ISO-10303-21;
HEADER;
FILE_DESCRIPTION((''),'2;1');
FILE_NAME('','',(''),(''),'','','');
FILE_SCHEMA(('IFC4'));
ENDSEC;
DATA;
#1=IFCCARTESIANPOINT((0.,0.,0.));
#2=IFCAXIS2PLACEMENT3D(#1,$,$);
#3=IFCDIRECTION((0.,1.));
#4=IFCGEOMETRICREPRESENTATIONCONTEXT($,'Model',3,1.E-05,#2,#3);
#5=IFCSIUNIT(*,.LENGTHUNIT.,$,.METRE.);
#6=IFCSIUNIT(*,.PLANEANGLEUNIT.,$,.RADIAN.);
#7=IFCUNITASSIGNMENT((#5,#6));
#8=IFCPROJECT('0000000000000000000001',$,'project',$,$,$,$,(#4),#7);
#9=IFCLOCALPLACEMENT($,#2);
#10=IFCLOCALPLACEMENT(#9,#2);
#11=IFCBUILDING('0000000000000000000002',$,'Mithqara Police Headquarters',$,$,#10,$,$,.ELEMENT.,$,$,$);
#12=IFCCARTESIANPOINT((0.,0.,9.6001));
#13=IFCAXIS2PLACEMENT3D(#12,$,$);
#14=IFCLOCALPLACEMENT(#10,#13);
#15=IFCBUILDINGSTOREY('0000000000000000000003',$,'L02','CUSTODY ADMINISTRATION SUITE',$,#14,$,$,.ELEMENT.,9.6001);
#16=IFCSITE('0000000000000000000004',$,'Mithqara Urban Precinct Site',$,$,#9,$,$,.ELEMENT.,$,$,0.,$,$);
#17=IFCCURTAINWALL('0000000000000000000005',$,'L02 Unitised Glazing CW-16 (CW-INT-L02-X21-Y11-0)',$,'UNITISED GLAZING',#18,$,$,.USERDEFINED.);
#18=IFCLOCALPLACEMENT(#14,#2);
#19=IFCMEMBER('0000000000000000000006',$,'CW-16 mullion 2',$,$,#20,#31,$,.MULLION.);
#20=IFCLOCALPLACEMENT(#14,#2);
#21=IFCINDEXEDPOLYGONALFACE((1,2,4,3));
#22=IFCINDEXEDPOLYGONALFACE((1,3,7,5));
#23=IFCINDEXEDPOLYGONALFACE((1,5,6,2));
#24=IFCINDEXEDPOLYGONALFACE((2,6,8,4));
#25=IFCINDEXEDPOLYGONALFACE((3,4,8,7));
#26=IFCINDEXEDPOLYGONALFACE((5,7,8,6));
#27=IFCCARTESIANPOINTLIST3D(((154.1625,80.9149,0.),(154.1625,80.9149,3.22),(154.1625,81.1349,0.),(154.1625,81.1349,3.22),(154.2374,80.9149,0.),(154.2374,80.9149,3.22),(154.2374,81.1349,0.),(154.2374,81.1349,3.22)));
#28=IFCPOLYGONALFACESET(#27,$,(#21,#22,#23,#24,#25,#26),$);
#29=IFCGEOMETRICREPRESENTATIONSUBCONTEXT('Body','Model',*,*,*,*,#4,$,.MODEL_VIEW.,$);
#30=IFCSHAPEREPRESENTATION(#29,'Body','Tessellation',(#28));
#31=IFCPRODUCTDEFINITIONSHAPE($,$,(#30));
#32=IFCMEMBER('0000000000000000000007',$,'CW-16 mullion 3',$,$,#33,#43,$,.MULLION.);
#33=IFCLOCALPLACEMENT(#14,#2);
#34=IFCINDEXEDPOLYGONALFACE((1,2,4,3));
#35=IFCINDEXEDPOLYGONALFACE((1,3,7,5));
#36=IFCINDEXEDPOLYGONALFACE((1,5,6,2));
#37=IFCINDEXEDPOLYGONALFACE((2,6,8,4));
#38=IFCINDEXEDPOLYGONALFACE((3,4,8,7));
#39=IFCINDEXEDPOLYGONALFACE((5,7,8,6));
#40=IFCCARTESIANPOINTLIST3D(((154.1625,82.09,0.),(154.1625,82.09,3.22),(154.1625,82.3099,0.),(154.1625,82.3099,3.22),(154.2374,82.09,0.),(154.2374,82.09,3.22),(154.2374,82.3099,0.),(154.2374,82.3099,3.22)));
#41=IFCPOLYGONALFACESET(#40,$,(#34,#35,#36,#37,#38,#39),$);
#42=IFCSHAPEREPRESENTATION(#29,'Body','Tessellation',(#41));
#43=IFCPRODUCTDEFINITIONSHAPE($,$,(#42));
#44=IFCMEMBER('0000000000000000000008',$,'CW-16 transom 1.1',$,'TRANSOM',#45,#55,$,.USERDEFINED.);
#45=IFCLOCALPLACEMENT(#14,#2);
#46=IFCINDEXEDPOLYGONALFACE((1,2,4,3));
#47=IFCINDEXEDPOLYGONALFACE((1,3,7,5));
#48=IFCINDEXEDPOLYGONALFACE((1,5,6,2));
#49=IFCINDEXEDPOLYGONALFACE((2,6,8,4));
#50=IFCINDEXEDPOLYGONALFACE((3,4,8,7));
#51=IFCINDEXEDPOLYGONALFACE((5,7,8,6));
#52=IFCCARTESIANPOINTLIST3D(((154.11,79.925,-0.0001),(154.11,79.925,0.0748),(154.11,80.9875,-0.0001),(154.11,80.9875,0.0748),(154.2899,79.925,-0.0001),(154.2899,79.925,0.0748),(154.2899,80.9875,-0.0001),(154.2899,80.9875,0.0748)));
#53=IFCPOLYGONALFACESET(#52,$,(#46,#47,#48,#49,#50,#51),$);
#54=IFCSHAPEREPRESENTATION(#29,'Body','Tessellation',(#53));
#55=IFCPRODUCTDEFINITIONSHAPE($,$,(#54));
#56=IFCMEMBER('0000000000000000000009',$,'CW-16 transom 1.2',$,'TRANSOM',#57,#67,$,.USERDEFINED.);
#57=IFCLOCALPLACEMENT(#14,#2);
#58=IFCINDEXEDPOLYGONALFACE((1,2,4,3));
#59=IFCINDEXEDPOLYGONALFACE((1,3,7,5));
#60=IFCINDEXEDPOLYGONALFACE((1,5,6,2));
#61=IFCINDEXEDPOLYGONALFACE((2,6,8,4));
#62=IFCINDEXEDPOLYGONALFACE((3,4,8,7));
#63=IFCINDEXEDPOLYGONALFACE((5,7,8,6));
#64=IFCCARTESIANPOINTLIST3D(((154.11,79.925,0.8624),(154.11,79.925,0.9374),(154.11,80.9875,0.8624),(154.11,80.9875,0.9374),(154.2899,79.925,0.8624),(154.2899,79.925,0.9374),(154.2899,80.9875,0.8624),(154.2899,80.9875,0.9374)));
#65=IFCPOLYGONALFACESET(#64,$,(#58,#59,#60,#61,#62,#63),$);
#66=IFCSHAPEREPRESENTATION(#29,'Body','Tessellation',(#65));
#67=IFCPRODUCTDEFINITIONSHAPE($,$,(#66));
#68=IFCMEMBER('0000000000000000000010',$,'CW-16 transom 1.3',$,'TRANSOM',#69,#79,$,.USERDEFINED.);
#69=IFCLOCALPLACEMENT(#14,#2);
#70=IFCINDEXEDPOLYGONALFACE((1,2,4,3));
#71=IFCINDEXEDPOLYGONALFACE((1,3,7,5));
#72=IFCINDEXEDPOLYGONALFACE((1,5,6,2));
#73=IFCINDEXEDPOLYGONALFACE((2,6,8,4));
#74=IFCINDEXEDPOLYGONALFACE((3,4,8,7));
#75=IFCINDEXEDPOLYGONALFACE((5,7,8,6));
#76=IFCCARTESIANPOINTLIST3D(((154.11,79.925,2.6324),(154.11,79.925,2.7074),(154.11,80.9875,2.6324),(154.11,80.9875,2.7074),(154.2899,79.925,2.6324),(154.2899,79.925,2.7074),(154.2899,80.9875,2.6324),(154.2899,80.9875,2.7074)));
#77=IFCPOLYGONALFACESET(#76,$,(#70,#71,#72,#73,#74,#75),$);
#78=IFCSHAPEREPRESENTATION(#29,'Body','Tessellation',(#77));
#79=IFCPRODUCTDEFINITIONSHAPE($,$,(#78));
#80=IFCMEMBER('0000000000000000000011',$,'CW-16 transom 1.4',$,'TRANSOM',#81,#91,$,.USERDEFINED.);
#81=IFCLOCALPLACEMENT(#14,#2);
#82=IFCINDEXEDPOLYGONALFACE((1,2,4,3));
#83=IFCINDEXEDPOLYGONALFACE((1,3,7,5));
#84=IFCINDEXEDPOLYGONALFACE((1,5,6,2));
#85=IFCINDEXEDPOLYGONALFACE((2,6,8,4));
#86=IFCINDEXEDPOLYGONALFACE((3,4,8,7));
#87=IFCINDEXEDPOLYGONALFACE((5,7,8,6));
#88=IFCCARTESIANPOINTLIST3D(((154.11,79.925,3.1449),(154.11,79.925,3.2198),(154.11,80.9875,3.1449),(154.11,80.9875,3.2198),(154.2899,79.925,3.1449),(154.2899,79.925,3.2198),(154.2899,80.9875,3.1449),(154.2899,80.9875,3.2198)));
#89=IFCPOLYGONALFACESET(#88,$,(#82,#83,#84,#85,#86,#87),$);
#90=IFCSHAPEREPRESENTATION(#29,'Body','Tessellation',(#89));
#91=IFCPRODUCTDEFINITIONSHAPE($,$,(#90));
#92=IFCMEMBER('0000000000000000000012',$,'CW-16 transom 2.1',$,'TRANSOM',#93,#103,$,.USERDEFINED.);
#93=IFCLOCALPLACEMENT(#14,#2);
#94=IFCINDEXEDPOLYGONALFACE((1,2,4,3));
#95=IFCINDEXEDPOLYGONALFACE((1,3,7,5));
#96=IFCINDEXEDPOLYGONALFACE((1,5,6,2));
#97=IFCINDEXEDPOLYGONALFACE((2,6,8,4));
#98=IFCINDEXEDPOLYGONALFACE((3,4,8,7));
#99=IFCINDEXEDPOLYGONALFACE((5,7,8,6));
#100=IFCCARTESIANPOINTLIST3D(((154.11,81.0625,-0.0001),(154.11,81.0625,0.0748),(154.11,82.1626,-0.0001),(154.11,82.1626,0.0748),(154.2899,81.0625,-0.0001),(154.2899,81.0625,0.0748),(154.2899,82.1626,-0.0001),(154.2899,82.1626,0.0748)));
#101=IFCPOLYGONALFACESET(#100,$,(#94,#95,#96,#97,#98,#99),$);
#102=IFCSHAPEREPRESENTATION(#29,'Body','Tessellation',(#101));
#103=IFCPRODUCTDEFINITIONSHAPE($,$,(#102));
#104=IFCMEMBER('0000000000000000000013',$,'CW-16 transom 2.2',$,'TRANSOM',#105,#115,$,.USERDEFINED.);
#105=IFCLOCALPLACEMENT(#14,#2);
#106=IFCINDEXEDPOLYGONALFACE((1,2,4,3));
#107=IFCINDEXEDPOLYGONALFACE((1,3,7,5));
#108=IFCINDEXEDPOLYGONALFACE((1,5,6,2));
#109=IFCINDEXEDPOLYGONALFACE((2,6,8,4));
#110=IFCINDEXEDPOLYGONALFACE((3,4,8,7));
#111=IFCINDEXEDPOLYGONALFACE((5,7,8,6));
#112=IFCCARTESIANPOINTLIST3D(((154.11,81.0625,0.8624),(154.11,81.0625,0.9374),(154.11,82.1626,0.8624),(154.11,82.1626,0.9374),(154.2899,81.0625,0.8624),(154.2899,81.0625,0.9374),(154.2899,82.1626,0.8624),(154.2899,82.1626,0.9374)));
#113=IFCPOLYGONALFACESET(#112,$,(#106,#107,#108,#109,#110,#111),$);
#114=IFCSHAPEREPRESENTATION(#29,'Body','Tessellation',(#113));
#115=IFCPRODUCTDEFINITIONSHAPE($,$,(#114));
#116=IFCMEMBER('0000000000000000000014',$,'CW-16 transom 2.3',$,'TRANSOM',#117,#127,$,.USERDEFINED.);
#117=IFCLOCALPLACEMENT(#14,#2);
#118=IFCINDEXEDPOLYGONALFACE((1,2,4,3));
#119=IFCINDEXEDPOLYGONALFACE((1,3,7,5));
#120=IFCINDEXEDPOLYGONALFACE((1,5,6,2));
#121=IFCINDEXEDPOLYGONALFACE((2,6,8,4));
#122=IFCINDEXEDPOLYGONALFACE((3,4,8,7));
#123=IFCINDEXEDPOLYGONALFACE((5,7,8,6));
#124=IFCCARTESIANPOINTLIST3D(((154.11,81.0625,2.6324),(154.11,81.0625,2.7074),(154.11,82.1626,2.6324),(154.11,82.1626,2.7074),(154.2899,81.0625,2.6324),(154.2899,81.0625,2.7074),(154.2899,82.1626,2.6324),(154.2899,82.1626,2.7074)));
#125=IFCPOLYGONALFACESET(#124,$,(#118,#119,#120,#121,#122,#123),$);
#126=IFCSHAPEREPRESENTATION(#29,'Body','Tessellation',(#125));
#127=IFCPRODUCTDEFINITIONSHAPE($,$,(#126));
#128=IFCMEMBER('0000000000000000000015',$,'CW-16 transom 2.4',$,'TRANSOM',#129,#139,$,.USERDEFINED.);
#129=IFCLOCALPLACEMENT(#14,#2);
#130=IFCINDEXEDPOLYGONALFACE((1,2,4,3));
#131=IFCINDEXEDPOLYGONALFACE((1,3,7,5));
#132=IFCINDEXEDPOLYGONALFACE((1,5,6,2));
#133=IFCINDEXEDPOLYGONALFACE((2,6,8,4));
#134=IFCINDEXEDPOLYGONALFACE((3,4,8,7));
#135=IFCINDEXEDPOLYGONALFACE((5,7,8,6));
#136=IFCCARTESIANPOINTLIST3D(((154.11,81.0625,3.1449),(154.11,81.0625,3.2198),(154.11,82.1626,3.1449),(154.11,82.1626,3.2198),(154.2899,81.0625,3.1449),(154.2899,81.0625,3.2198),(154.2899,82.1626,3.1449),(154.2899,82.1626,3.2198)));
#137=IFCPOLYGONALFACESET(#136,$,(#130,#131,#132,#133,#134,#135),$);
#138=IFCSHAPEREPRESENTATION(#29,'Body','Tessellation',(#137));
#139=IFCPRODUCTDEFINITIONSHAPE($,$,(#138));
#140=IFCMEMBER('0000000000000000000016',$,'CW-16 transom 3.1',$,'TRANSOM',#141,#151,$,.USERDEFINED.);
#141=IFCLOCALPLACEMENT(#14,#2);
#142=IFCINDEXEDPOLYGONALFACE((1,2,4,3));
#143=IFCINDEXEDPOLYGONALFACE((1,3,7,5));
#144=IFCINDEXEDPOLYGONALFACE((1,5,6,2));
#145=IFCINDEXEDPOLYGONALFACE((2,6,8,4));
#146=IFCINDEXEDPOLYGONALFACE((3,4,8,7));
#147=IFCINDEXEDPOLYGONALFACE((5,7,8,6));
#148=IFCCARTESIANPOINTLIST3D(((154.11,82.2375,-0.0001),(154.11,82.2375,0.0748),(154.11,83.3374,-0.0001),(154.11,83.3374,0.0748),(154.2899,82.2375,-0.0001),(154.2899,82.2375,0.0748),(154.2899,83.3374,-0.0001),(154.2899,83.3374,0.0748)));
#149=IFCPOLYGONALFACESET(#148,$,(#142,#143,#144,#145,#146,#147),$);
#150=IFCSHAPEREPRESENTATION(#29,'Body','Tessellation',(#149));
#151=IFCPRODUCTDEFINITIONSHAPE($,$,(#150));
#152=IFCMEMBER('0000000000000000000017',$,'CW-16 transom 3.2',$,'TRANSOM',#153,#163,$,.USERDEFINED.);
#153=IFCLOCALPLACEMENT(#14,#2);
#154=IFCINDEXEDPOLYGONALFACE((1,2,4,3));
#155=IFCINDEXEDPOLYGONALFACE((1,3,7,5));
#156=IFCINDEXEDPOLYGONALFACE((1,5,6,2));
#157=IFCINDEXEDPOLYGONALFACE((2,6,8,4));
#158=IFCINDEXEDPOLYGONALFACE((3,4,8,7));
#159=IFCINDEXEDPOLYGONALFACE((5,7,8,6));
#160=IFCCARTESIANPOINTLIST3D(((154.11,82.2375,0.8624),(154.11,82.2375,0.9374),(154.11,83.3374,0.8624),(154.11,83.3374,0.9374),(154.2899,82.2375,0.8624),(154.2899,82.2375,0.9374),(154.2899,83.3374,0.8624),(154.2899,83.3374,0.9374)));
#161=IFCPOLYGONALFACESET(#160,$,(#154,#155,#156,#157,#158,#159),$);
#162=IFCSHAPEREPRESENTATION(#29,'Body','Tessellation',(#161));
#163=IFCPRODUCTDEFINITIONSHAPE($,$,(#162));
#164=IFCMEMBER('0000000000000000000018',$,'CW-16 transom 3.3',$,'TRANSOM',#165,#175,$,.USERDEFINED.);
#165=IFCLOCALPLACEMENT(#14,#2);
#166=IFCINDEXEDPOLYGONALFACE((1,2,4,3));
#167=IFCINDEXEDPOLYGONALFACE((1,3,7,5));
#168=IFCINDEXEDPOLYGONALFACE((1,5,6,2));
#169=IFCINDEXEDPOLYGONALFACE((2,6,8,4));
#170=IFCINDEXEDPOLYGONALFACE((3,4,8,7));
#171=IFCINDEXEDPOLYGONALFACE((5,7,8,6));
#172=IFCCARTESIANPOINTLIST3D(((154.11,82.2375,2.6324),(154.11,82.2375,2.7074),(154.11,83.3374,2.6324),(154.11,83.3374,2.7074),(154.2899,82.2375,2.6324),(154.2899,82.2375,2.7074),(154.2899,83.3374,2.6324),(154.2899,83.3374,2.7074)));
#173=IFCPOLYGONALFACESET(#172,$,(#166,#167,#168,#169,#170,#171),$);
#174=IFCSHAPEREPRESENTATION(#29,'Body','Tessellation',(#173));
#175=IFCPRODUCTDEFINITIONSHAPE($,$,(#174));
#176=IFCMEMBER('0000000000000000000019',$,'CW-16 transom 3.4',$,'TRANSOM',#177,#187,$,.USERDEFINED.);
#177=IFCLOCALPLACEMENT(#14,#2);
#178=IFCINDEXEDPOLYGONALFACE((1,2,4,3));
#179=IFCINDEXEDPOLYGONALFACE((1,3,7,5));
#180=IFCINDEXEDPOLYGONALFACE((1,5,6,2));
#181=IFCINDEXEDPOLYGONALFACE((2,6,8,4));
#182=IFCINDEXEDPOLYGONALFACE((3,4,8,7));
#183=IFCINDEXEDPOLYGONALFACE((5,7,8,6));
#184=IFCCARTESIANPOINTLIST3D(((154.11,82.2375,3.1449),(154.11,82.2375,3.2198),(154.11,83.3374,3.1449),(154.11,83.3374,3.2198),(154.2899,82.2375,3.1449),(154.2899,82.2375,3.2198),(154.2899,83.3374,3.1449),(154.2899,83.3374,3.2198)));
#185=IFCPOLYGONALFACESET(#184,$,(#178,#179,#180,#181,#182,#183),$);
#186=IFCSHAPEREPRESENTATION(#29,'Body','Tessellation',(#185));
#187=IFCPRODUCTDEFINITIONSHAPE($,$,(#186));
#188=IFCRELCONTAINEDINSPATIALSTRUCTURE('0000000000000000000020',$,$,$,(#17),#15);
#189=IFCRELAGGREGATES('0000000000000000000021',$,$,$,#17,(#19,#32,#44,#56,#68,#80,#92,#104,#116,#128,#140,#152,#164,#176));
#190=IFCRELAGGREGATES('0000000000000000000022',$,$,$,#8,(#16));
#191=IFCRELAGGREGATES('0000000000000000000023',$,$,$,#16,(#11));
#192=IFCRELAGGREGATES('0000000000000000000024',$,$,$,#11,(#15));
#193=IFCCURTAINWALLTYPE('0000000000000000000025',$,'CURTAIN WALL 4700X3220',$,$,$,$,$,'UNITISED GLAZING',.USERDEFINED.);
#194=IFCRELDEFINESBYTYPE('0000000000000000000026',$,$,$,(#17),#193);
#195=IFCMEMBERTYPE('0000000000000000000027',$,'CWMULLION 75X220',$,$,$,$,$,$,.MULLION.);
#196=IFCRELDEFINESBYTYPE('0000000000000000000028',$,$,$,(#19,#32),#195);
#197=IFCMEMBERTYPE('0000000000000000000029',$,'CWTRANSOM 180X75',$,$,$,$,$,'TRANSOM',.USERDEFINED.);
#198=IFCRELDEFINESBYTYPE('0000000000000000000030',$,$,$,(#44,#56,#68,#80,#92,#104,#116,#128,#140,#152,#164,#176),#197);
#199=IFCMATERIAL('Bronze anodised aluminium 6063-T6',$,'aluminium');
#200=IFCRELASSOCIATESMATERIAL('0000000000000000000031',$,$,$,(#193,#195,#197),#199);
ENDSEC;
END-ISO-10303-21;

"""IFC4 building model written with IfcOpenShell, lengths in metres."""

from ifc_helpers import new_model, si_unit, direction, frame, origin, origin_2d, place, context, subcontext, project, spatial, rectangle, extrude, material, material_profile, profile_set, type_object, element, aggregate, save


model = new_model("IFC4")

# Units and contexts
model_context = context("Model", 3, precision=1e-05, world=origin(), true_north=direction((0.0, 1.0)))
body_context = subcontext(model_context, "Body", "Model", "MODEL_VIEW")
ifc_project = project(units=[si_unit("LENGTHUNIT", "METRE"), si_unit("PLANEANGLEUNIT", "RADIAN")], contexts=[model_context])

# Site, building, storey
site_placement = place(None, origin())
site = spatial("IfcSite", under=ifc_project, at=site_placement, Name="Mithqara Urban Precinct Site", CompositionType="ELEMENT", RefElevation=0.0)
building_placement = place(site_placement, origin())
building = spatial("IfcBuilding", under=site, at=building_placement, Name="Mithqara Police Headquarters", CompositionType="ELEMENT")
storey_placement = place(building_placement, frame((0.0, 0.0, 9.6001)))
storey = spatial("IfcBuildingStorey", under=building, at=storey_placement, Name="L02", Description="CUSTODY ADMINISTRATION SUITE", CompositionType="ELEMENT", Elevation=9.6001)

# Curtain wall, members
ifc_material_1 = material(Name="Bronze anodised aluminium 6063-T6", Category="aluminium")
curtain_wall_type = type_object("IfcCurtainWallType", Name="CURTAIN WALL 4700X3220", ElementType="UNITISED GLAZING", PredefinedType="USERDEFINED", material=ifc_material_1)
curtain_wall_placement = place(storey_placement, origin())
curtain_wall = element("IfcCurtainWall", 1, at=curtain_wall_placement, inside=storey, type_object=curtain_wall_type, Name="L02 Unitised Glazing CW-16 (CW-INT-L02-X21-Y11-0)", ObjectType="UNITISED GLAZING", PredefinedType="USERDEFINED")
ifc_material_profile_1 = material_profile(ifc_material_1, rectangle(XDim=0.075, YDim=0.22, at=origin_2d()), Name="CWM 75x220")
ifc_profile_set_1 = profile_set([ifc_material_profile_1], Name="Bronze anodised aluminium 6063-T6")
member_type_1 = type_object("IfcMemberType", Name="CWMULLION 75X220", PredefinedType="MULLION", material=ifc_profile_set_1)
member_1_placement = place(storey_placement, frame((154.2, 81.0249, 0.0), z_axis=(0.0, 0.0, 1.0), x_axis=(-1.0, 0.0, 0.0)))
member_1 = element("IfcMember", 2, at=member_1_placement, type_object=member_type_1, Name="CW-16 mullion 2", PredefinedType="MULLION", context=body_context, shape_type="SweptSolid", body=[
    extrude(rectangle(XDim=0.075, YDim=0.22, at=origin_2d()), origin(), (0.0, 0.0, 1.0), 3.22),
])
member_2_placement = place(storey_placement, frame((154.2, 82.2, 0.0), z_axis=(0.0, 0.0, 1.0), x_axis=(-1.0, 0.0, 0.0)))
member_2 = element("IfcMember", 3, at=member_2_placement, type_object=member_type_1, Name="CW-16 mullion 3", PredefinedType="MULLION", context=body_context, shape_type="SweptSolid", body=[
    extrude(rectangle(XDim=0.075, YDim=0.22, at=origin_2d()), origin(), (0.0, 0.0, 1.0), 3.22),
])
ifc_material_profile_2 = material_profile(ifc_material_1, rectangle(XDim=0.1799, YDim=0.075, at=origin_2d()), Name="CWT 180x75")
ifc_profile_set_2 = profile_set([ifc_material_profile_2], Name="Bronze anodised aluminium 6063-T6")
member_type_2 = type_object("IfcMemberType", Name="CWTRANSOM 180X75", ElementType="TRANSOM", PredefinedType="USERDEFINED", material=ifc_profile_set_2)
member_3_placement = place(storey_placement, frame((154.2, 79.925, 0.0374), z_axis=(0.0, 1.0, 0.0), x_axis=(-1.0, 0.0, 0.0)))
member_3 = element("IfcMember", 4, at=member_3_placement, type_object=member_type_2, Name="CW-16 transom 1.1", ObjectType="TRANSOM", PredefinedType="USERDEFINED", context=body_context, shape_type="SweptSolid", body=[
    extrude(rectangle(XDim=0.1799, YDim=0.075, at=origin_2d()), origin(), (0.0, 0.0, 1.0), 1.0625),
])
member_4_placement = place(storey_placement, frame((154.2, 79.925, 0.8999), z_axis=(0.0, 1.0, 0.0), x_axis=(-1.0, 0.0, 0.0)))
member_4 = element("IfcMember", 5, at=member_4_placement, type_object=member_type_2, Name="CW-16 transom 1.2", ObjectType="TRANSOM", PredefinedType="USERDEFINED", context=body_context, shape_type="SweptSolid", body=[
    extrude(rectangle(XDim=0.1799, YDim=0.075, at=origin_2d()), origin(), (0.0, 0.0, 1.0), 1.0625),
])
member_5_placement = place(storey_placement, frame((154.2, 79.925, 2.6699), z_axis=(0.0, 1.0, 0.0), x_axis=(-1.0, 0.0, 0.0)))
member_5 = element("IfcMember", 6, at=member_5_placement, type_object=member_type_2, Name="CW-16 transom 1.3", ObjectType="TRANSOM", PredefinedType="USERDEFINED", context=body_context, shape_type="SweptSolid", body=[
    extrude(rectangle(XDim=0.1799, YDim=0.075, at=origin_2d()), origin(), (0.0, 0.0, 1.0), 1.0625),
])
member_6_placement = place(storey_placement, frame((154.2, 79.925, 3.1824), z_axis=(0.0, 1.0, 0.0), x_axis=(-1.0, 0.0, 0.0)))
member_6 = element("IfcMember", 7, at=member_6_placement, type_object=member_type_2, Name="CW-16 transom 1.4", ObjectType="TRANSOM", PredefinedType="USERDEFINED", context=body_context, shape_type="SweptSolid", body=[
    extrude(rectangle(XDim=0.1799, YDim=0.075, at=origin_2d()), origin(), (0.0, 0.0, 1.0), 1.0625),
])
member_7_placement = place(storey_placement, frame((154.2, 81.0625, 0.0374), z_axis=(0.0, 1.0, 0.0), x_axis=(-1.0, 0.0, 0.0)))
member_7 = element("IfcMember", 8, at=member_7_placement, type_object=member_type_2, Name="CW-16 transom 2.1", ObjectType="TRANSOM", PredefinedType="USERDEFINED", context=body_context, shape_type="SweptSolid", body=[
    extrude(rectangle(XDim=0.1799, YDim=0.075, at=origin_2d()), origin(), (0.0, 0.0, 1.0), 1.1001),
])
member_8_placement = place(storey_placement, frame((154.2, 81.0625, 0.8999), z_axis=(0.0, 1.0, 0.0), x_axis=(-1.0, 0.0, 0.0)))
member_8 = element("IfcMember", 9, at=member_8_placement, type_object=member_type_2, Name="CW-16 transom 2.2", ObjectType="TRANSOM", PredefinedType="USERDEFINED", context=body_context, shape_type="SweptSolid", body=[
    extrude(rectangle(XDim=0.1799, YDim=0.075, at=origin_2d()), origin(), (0.0, 0.0, 1.0), 1.1001),
])
member_9_placement = place(storey_placement, frame((154.2, 81.0625, 2.6699), z_axis=(0.0, 1.0, 0.0), x_axis=(-1.0, 0.0, 0.0)))
member_9 = element("IfcMember", 10, at=member_9_placement, type_object=member_type_2, Name="CW-16 transom 2.3", ObjectType="TRANSOM", PredefinedType="USERDEFINED", context=body_context, shape_type="SweptSolid", body=[
    extrude(rectangle(XDim=0.1799, YDim=0.075, at=origin_2d()), origin(), (0.0, 0.0, 1.0), 1.1001),
])
member_10_placement = place(storey_placement, frame((154.2, 81.0625, 3.1824), z_axis=(0.0, 1.0, 0.0), x_axis=(-1.0, 0.0, 0.0)))
member_10 = element("IfcMember", 11, at=member_10_placement, type_object=member_type_2, Name="CW-16 transom 2.4", ObjectType="TRANSOM", PredefinedType="USERDEFINED", context=body_context, shape_type="SweptSolid", body=[
    extrude(rectangle(XDim=0.1799, YDim=0.075, at=origin_2d()), origin(), (0.0, 0.0, 1.0), 1.1001),
])
member_11_placement = place(storey_placement, frame((154.2, 82.2375, 0.0374), z_axis=(0.0, 1.0, 0.0), x_axis=(-1.0, 0.0, 0.0)))
member_11 = element("IfcMember", 12, at=member_11_placement, type_object=member_type_2, Name="CW-16 transom 3.1", ObjectType="TRANSOM", PredefinedType="USERDEFINED", context=body_context, shape_type="SweptSolid", body=[
    extrude(rectangle(XDim=0.1799, YDim=0.075, at=origin_2d()), origin(), (0.0, 0.0, 1.0), 1.0999),
])
member_12_placement = place(storey_placement, frame((154.2, 82.2375, 0.8999), z_axis=(0.0, 1.0, 0.0), x_axis=(-1.0, 0.0, 0.0)))
member_12 = element("IfcMember", 13, at=member_12_placement, type_object=member_type_2, Name="CW-16 transom 3.2", ObjectType="TRANSOM", PredefinedType="USERDEFINED", context=body_context, shape_type="SweptSolid", body=[
    extrude(rectangle(XDim=0.1799, YDim=0.075, at=origin_2d()), origin(), (0.0, 0.0, 1.0), 1.0999),
])
member_13_placement = place(storey_placement, frame((154.2, 82.2375, 2.6699), z_axis=(0.0, 1.0, 0.0), x_axis=(-1.0, 0.0, 0.0)))
member_13 = element("IfcMember", 14, at=member_13_placement, type_object=member_type_2, Name="CW-16 transom 3.3", ObjectType="TRANSOM", PredefinedType="USERDEFINED", context=body_context, shape_type="SweptSolid", body=[
    extrude(rectangle(XDim=0.1799, YDim=0.075, at=origin_2d()), origin(), (0.0, 0.0, 1.0), 1.0999),
])
member_14_placement = place(storey_placement, frame((154.2, 82.2375, 3.1824), z_axis=(0.0, 1.0, 0.0), x_axis=(-1.0, 0.0, 0.0)))
member_14 = element("IfcMember", 15, at=member_14_placement, type_object=member_type_2, Name="CW-16 transom 3.4", ObjectType="TRANSOM", PredefinedType="USERDEFINED", context=body_context, shape_type="SweptSolid", body=[
    extrude(rectangle(XDim=0.1799, YDim=0.075, at=origin_2d()), origin(), (0.0, 0.0, 1.0), 1.0999),
])
aggregate(curtain_wall, [member_1, member_2, member_3, member_4, member_5, member_6, member_7, member_8, member_9, member_10, member_11, member_12, member_13, member_14])

save(model, "model.ifc")
